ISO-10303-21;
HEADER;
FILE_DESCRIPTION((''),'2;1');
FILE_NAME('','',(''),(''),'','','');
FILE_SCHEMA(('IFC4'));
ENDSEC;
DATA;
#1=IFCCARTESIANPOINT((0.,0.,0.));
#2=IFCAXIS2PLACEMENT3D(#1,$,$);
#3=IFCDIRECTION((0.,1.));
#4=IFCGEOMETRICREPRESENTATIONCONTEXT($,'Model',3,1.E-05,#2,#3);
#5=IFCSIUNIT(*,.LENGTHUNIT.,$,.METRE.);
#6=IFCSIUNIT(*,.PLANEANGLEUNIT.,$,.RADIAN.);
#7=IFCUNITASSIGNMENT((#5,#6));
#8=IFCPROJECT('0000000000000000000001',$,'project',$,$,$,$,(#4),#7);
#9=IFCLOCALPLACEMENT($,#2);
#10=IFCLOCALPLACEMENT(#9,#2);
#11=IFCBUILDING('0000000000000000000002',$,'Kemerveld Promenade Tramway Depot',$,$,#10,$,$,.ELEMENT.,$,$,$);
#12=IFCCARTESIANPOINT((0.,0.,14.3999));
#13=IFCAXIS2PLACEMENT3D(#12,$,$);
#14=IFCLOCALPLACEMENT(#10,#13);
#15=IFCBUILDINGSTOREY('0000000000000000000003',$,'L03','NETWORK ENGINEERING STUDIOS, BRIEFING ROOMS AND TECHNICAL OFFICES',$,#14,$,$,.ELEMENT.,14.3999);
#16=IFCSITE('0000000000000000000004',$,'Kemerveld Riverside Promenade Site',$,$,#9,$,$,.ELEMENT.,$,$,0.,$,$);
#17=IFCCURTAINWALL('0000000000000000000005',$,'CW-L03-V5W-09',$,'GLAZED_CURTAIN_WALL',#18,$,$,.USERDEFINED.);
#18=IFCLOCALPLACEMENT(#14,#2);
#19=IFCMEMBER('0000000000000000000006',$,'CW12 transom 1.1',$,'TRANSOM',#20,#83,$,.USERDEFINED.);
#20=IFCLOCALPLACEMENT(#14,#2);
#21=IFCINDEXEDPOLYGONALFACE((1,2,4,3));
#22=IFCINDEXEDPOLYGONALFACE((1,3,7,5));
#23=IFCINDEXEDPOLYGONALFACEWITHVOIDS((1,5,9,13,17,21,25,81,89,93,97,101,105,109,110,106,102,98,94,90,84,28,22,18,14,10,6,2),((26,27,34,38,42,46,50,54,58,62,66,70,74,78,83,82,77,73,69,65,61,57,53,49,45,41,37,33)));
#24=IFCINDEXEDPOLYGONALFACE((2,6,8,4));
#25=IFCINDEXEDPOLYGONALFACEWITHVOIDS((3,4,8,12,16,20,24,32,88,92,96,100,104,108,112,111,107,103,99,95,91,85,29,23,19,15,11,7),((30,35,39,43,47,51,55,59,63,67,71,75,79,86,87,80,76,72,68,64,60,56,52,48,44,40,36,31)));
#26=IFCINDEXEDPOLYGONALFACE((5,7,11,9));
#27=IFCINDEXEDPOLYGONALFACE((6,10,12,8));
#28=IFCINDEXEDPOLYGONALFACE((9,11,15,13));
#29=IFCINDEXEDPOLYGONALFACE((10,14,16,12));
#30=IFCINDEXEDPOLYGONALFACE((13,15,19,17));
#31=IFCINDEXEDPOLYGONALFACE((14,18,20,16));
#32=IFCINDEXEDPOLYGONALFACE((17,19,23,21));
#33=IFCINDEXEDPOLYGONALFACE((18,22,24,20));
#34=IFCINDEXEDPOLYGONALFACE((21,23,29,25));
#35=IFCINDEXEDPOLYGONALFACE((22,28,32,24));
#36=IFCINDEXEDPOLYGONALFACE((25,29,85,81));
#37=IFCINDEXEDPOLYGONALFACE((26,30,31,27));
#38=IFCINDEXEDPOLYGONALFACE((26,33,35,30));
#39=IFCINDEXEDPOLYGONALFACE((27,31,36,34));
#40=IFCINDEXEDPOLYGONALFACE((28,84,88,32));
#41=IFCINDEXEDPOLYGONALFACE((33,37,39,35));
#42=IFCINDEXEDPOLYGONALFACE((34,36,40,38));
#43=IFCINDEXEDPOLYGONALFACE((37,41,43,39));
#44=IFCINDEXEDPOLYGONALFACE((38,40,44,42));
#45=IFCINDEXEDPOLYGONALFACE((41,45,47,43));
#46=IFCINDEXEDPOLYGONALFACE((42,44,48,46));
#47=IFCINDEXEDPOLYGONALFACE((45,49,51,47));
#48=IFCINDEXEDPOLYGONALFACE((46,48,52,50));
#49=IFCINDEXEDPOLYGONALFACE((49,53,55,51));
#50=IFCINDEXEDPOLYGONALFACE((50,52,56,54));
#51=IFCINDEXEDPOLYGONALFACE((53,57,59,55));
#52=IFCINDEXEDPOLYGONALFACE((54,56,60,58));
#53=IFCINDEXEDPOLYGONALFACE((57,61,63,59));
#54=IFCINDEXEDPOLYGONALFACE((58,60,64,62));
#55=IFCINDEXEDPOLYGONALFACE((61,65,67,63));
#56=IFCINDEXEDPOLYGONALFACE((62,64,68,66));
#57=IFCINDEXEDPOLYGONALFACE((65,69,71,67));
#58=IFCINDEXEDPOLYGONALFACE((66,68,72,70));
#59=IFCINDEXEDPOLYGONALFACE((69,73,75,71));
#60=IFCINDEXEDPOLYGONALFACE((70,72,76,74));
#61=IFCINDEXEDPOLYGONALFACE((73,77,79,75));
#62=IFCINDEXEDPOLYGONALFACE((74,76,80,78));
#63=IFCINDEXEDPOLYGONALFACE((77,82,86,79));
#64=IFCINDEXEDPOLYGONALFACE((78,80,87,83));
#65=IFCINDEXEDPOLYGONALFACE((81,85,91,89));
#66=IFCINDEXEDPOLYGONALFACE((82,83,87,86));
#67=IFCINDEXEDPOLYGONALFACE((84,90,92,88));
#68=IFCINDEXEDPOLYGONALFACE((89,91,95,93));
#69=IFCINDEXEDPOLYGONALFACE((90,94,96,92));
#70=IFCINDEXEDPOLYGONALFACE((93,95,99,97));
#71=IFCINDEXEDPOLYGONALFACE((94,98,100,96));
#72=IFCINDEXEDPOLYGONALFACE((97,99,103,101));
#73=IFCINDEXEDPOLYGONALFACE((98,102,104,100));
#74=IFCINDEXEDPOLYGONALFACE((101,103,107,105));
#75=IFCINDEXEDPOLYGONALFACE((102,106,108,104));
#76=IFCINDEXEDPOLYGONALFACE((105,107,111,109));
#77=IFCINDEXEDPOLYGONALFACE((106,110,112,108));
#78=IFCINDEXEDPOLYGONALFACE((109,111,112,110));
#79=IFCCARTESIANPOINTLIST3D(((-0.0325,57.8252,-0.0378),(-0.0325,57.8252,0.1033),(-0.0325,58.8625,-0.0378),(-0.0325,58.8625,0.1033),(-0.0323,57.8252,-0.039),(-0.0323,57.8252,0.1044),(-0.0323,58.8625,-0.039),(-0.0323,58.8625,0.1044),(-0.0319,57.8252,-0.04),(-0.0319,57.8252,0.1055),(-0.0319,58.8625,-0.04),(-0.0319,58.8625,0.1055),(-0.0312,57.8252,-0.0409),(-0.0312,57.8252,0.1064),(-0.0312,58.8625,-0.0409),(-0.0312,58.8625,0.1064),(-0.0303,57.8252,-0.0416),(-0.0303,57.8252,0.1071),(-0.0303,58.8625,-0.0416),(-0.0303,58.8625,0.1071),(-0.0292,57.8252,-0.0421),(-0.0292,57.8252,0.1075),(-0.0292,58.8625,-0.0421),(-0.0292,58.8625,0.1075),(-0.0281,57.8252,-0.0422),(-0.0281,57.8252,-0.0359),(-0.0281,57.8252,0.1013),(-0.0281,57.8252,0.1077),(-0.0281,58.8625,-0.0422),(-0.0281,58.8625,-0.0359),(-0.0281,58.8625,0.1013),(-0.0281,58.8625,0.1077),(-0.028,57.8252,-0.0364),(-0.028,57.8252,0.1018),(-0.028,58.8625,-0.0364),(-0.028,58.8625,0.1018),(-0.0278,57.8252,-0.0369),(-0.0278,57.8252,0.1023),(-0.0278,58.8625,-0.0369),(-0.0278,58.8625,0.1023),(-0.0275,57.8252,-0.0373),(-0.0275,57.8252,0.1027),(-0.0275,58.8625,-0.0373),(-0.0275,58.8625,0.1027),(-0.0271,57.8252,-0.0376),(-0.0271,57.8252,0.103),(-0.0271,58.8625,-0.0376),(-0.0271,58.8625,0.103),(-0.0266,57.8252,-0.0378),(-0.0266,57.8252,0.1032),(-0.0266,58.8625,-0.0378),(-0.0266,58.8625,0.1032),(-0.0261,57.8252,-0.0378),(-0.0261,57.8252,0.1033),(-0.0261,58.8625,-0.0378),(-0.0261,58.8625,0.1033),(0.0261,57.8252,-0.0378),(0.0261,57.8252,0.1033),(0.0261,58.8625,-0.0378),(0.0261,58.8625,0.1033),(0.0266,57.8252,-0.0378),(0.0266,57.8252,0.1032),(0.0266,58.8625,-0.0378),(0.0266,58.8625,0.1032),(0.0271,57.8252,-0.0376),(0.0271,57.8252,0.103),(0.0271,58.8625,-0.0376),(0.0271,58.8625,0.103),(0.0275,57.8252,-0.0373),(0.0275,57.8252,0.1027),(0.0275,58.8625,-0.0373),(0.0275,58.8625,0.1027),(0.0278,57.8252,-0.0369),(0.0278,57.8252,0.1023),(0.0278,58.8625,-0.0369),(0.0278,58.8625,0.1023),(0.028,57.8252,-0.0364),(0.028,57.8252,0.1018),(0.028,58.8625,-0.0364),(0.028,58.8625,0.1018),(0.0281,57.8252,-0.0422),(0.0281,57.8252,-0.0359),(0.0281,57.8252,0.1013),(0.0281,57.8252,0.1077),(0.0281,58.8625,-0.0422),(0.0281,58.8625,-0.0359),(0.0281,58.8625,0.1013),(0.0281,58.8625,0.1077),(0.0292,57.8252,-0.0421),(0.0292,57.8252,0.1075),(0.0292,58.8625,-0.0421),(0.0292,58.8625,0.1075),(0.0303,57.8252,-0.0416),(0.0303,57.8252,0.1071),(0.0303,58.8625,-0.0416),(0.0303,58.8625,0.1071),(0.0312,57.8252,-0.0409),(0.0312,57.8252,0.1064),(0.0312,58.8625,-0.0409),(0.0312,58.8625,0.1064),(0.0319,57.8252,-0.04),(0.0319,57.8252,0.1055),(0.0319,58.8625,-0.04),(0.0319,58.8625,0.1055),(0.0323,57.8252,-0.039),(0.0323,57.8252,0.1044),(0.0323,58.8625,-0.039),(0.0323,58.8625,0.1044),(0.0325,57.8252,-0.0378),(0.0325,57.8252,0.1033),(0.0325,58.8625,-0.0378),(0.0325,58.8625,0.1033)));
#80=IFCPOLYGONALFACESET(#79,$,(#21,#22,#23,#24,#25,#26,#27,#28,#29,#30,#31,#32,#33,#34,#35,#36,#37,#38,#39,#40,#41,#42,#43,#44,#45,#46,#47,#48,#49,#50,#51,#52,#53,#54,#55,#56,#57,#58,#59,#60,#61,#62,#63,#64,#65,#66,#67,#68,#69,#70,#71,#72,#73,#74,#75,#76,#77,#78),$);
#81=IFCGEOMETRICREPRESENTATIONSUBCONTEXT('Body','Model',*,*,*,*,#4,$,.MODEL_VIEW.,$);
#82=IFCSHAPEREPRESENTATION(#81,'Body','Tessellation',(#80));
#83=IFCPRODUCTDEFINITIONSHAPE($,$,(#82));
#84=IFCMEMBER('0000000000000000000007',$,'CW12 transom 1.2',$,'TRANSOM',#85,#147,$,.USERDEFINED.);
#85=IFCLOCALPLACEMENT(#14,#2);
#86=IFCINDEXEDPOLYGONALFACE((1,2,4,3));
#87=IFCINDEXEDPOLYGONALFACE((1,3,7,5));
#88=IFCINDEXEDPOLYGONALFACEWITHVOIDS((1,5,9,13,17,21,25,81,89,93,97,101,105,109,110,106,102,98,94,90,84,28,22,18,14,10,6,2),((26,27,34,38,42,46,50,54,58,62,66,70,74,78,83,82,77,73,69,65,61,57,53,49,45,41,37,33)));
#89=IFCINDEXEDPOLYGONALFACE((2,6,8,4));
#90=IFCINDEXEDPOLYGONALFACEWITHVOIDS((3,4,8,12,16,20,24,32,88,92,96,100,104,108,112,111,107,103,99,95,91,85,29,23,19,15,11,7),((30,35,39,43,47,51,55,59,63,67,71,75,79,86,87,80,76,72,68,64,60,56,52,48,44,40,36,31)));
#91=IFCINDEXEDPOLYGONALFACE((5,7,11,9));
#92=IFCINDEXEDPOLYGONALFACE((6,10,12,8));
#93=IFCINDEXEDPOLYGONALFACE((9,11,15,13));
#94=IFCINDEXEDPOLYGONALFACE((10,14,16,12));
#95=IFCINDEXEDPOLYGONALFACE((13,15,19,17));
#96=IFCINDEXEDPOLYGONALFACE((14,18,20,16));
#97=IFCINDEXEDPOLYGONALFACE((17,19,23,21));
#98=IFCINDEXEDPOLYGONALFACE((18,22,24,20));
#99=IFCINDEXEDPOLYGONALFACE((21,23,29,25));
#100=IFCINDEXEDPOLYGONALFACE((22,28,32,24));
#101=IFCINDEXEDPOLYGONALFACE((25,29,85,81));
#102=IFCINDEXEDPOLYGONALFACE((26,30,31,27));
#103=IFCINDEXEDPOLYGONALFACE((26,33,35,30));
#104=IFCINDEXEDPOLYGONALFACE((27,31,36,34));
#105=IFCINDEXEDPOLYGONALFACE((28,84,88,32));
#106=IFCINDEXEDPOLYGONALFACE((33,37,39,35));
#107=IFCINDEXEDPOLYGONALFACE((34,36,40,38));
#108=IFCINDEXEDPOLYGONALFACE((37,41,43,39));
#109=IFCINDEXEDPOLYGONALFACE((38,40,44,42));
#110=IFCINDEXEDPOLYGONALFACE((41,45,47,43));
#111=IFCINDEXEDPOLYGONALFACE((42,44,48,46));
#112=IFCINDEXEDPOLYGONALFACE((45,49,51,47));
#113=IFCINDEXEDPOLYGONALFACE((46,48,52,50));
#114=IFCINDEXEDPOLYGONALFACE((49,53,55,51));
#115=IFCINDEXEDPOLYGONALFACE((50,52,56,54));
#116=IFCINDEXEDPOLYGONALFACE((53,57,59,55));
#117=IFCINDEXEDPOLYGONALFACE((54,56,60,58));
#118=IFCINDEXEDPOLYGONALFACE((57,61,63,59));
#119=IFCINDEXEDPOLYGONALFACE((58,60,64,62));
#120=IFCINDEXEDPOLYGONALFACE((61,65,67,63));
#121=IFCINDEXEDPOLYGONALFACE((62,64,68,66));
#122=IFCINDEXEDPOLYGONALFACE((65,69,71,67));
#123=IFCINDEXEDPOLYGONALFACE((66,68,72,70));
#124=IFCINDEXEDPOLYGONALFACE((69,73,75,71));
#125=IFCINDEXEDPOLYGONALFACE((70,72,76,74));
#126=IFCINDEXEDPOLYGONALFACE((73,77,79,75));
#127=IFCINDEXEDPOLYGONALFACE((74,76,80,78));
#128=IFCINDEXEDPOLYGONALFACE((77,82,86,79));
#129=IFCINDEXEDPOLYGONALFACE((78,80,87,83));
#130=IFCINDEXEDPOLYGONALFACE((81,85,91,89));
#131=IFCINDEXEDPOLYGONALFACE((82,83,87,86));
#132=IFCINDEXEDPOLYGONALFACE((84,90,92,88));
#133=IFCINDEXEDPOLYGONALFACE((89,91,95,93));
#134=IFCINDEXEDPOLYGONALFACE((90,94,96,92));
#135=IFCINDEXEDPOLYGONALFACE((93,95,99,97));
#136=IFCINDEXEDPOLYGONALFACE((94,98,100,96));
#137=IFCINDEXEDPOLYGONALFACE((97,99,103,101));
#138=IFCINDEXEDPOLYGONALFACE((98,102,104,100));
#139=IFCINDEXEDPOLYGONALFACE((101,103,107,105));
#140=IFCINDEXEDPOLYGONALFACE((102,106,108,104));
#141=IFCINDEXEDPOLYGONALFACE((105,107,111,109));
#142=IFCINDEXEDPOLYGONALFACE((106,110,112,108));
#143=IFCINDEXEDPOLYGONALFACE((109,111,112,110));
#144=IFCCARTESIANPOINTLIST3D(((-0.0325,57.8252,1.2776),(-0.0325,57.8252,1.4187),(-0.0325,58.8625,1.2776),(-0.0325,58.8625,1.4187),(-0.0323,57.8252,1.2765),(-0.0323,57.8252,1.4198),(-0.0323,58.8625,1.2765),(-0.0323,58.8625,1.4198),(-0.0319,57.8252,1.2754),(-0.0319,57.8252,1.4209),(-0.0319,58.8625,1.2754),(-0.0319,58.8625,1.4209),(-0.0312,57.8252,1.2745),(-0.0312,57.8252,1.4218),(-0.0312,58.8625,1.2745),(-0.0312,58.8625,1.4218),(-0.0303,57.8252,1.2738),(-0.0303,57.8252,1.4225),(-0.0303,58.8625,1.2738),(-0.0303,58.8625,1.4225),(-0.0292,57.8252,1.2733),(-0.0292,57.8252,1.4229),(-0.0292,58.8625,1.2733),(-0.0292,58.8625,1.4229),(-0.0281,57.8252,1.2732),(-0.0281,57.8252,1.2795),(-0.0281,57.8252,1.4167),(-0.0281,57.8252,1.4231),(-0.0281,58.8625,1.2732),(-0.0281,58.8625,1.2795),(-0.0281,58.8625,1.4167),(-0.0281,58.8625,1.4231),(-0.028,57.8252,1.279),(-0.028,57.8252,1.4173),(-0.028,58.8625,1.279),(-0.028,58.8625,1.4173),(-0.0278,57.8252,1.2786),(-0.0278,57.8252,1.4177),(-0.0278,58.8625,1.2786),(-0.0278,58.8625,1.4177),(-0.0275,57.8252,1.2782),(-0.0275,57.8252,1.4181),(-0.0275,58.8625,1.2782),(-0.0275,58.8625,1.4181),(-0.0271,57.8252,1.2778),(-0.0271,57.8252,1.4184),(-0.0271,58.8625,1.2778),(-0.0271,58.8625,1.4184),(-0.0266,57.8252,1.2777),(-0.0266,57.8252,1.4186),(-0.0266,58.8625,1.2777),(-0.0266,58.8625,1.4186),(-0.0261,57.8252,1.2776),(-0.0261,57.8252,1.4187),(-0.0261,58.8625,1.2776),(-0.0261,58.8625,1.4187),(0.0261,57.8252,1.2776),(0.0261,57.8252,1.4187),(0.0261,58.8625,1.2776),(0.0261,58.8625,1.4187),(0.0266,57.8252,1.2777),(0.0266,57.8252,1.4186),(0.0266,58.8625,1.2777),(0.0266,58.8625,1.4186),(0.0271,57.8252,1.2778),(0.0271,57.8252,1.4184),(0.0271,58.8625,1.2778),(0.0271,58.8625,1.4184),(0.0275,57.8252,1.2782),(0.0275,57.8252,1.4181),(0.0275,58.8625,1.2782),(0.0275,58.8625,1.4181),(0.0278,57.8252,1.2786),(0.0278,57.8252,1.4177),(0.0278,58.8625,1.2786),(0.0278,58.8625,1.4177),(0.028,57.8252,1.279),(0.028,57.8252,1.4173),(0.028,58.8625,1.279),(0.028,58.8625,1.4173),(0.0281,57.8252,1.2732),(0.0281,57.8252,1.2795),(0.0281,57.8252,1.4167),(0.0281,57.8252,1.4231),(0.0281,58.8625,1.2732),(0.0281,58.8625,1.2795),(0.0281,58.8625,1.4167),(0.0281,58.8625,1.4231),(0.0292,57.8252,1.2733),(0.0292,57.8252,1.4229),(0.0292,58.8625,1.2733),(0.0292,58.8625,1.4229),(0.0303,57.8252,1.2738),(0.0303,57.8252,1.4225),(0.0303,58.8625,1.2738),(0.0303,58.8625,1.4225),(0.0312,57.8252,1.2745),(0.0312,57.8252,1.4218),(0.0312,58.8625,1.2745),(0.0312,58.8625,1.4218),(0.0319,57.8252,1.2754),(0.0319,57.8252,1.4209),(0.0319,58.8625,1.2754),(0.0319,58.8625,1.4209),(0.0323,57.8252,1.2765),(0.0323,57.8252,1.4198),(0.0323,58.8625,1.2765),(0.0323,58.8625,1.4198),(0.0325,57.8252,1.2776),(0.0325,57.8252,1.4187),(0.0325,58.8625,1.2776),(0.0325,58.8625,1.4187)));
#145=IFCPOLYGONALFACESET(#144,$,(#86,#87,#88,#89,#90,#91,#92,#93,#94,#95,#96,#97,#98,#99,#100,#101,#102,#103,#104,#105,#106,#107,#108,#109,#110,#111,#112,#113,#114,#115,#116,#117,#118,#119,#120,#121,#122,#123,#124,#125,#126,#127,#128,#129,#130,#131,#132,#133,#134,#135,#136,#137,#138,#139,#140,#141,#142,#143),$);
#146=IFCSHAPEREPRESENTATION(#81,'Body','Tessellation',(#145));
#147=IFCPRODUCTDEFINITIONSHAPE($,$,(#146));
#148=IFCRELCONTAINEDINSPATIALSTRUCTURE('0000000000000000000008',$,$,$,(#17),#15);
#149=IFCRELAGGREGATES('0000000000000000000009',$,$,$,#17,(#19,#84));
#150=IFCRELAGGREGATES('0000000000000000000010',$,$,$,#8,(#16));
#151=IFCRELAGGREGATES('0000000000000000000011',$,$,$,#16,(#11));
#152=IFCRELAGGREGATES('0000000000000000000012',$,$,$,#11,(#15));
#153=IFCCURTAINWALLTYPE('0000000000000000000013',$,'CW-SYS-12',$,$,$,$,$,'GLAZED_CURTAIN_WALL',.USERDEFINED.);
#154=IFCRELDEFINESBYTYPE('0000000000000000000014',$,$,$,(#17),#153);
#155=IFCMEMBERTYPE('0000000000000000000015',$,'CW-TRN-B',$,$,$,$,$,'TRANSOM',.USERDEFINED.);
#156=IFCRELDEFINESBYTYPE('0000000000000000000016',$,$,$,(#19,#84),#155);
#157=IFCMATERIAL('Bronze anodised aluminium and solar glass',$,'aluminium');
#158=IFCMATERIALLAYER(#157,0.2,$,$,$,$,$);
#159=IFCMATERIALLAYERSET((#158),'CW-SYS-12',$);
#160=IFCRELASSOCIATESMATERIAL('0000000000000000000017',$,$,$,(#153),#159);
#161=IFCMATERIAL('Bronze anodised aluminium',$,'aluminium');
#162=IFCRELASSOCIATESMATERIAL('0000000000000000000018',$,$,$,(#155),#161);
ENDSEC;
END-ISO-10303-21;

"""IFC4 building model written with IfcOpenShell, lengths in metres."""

from ifc_helpers import new_model, si_unit, direction, frame, origin, origin_2d, place, context, subcontext, project, spatial, hollow_rectangle, extrude, material, layer, layer_set, material_profile, profile_set, type_object, element, aggregate, save


model = new_model("IFC4")

# Units and contexts
model_context = context("Model", 3, precision=1e-05, world=origin(), true_north=direction((0.0, 1.0)))
body_context = subcontext(model_context, "Body", "Model", "MODEL_VIEW")
ifc_project = project(units=[si_unit("LENGTHUNIT", "METRE"), si_unit("PLANEANGLEUNIT", "RADIAN")], contexts=[model_context])

# Site, building, storey
site_placement = place(None, origin())
site = spatial("IfcSite", under=ifc_project, at=site_placement, Name="Kemerveld Riverside Promenade Site", CompositionType="ELEMENT", RefElevation=0.0)
building_placement = place(site_placement, origin())
building = spatial("IfcBuilding", under=site, at=building_placement, Name="Kemerveld Promenade Tramway Depot", CompositionType="ELEMENT")
storey_placement = place(building_placement, frame((0.0, 0.0, 14.3999)))
storey = spatial("IfcBuildingStorey", under=building, at=storey_placement, Name="L03", Description="NETWORK ENGINEERING STUDIOS, BRIEFING ROOMS AND TECHNICAL OFFICES", CompositionType="ELEMENT", Elevation=14.3999)

# Curtain wall, members
ifc_material_1 = material(Name="Bronze anodised aluminium and solar glass", Category="aluminium")
ifc_layer_1 = layer(ifc_material_1, 0.2)
ifc_layer_set_1 = layer_set([ifc_layer_1], Name="CW-SYS-12")
curtain_wall_type = type_object("IfcCurtainWallType", Name="CW-SYS-12", ElementType="GLAZED_CURTAIN_WALL", PredefinedType="USERDEFINED", material=ifc_layer_set_1)
curtain_wall_placement = place(storey_placement, origin())
curtain_wall = element("IfcCurtainWall", 1, at=curtain_wall_placement, inside=storey, type_object=curtain_wall_type, Name="CW-L03-V5W-09", ObjectType="GLAZED_CURTAIN_WALL", PredefinedType="USERDEFINED")
ifc_material_2 = material(Name="Bronze anodised aluminium", Category="aluminium")
ifc_material_profile_1 = material_profile(ifc_material_2, hollow_rectangle(XDim=0.0649, YDim=0.1499, WallThickness=0.0044, InnerFilletRadius=0.002, OuterFilletRadius=0.0044, at=origin_2d()), Name="CW-TRN-150x65")
ifc_profile_set_1 = profile_set([ifc_material_profile_1], Name="Bronze anodised aluminium")
member_type_1 = type_object("IfcMemberType", Name="CW-TRN-B", ElementType="TRANSOM", PredefinedType="USERDEFINED", material=ifc_profile_set_1)
member_1_placement = place(storey_placement, frame((0.0, 57.8252, 0.0327), z_axis=(0.0, 1.0, 0.0), x_axis=(-1.0, 0.0, 0.0)))
member_1 = element("IfcMember", 2, at=member_1_placement, type_object=member_type_1, Name="CW12 transom 1.1", ObjectType="TRANSOM", PredefinedType="USERDEFINED", context=body_context, shape_type="SweptSolid", body=[
    extrude(hollow_rectangle(XDim=0.0649, YDim=0.1499, WallThickness=0.0044, InnerFilletRadius=0.002, OuterFilletRadius=0.0044, at=origin_2d()), origin(), (0.0, 0.0, 1.0), 1.0374),
])
member_2_placement = place(storey_placement, frame((0.0, 57.8252, 1.3481), z_axis=(0.0, 1.0, 0.0), x_axis=(-1.0, 0.0, 0.0)))
member_2 = element("IfcMember", 3, at=member_2_placement, type_object=member_type_1, Name="CW12 transom 1.2", ObjectType="TRANSOM", PredefinedType="USERDEFINED", context=body_context, shape_type="SweptSolid", body=[
    extrude(hollow_rectangle(XDim=0.0649, YDim=0.1499, WallThickness=0.0044, InnerFilletRadius=0.002, OuterFilletRadius=0.0044, at=origin_2d()), origin(), (0.0, 0.0, 1.0), 1.0374),
])
aggregate(curtain_wall, [member_1, member_2])

save(model, "model.ifc")
